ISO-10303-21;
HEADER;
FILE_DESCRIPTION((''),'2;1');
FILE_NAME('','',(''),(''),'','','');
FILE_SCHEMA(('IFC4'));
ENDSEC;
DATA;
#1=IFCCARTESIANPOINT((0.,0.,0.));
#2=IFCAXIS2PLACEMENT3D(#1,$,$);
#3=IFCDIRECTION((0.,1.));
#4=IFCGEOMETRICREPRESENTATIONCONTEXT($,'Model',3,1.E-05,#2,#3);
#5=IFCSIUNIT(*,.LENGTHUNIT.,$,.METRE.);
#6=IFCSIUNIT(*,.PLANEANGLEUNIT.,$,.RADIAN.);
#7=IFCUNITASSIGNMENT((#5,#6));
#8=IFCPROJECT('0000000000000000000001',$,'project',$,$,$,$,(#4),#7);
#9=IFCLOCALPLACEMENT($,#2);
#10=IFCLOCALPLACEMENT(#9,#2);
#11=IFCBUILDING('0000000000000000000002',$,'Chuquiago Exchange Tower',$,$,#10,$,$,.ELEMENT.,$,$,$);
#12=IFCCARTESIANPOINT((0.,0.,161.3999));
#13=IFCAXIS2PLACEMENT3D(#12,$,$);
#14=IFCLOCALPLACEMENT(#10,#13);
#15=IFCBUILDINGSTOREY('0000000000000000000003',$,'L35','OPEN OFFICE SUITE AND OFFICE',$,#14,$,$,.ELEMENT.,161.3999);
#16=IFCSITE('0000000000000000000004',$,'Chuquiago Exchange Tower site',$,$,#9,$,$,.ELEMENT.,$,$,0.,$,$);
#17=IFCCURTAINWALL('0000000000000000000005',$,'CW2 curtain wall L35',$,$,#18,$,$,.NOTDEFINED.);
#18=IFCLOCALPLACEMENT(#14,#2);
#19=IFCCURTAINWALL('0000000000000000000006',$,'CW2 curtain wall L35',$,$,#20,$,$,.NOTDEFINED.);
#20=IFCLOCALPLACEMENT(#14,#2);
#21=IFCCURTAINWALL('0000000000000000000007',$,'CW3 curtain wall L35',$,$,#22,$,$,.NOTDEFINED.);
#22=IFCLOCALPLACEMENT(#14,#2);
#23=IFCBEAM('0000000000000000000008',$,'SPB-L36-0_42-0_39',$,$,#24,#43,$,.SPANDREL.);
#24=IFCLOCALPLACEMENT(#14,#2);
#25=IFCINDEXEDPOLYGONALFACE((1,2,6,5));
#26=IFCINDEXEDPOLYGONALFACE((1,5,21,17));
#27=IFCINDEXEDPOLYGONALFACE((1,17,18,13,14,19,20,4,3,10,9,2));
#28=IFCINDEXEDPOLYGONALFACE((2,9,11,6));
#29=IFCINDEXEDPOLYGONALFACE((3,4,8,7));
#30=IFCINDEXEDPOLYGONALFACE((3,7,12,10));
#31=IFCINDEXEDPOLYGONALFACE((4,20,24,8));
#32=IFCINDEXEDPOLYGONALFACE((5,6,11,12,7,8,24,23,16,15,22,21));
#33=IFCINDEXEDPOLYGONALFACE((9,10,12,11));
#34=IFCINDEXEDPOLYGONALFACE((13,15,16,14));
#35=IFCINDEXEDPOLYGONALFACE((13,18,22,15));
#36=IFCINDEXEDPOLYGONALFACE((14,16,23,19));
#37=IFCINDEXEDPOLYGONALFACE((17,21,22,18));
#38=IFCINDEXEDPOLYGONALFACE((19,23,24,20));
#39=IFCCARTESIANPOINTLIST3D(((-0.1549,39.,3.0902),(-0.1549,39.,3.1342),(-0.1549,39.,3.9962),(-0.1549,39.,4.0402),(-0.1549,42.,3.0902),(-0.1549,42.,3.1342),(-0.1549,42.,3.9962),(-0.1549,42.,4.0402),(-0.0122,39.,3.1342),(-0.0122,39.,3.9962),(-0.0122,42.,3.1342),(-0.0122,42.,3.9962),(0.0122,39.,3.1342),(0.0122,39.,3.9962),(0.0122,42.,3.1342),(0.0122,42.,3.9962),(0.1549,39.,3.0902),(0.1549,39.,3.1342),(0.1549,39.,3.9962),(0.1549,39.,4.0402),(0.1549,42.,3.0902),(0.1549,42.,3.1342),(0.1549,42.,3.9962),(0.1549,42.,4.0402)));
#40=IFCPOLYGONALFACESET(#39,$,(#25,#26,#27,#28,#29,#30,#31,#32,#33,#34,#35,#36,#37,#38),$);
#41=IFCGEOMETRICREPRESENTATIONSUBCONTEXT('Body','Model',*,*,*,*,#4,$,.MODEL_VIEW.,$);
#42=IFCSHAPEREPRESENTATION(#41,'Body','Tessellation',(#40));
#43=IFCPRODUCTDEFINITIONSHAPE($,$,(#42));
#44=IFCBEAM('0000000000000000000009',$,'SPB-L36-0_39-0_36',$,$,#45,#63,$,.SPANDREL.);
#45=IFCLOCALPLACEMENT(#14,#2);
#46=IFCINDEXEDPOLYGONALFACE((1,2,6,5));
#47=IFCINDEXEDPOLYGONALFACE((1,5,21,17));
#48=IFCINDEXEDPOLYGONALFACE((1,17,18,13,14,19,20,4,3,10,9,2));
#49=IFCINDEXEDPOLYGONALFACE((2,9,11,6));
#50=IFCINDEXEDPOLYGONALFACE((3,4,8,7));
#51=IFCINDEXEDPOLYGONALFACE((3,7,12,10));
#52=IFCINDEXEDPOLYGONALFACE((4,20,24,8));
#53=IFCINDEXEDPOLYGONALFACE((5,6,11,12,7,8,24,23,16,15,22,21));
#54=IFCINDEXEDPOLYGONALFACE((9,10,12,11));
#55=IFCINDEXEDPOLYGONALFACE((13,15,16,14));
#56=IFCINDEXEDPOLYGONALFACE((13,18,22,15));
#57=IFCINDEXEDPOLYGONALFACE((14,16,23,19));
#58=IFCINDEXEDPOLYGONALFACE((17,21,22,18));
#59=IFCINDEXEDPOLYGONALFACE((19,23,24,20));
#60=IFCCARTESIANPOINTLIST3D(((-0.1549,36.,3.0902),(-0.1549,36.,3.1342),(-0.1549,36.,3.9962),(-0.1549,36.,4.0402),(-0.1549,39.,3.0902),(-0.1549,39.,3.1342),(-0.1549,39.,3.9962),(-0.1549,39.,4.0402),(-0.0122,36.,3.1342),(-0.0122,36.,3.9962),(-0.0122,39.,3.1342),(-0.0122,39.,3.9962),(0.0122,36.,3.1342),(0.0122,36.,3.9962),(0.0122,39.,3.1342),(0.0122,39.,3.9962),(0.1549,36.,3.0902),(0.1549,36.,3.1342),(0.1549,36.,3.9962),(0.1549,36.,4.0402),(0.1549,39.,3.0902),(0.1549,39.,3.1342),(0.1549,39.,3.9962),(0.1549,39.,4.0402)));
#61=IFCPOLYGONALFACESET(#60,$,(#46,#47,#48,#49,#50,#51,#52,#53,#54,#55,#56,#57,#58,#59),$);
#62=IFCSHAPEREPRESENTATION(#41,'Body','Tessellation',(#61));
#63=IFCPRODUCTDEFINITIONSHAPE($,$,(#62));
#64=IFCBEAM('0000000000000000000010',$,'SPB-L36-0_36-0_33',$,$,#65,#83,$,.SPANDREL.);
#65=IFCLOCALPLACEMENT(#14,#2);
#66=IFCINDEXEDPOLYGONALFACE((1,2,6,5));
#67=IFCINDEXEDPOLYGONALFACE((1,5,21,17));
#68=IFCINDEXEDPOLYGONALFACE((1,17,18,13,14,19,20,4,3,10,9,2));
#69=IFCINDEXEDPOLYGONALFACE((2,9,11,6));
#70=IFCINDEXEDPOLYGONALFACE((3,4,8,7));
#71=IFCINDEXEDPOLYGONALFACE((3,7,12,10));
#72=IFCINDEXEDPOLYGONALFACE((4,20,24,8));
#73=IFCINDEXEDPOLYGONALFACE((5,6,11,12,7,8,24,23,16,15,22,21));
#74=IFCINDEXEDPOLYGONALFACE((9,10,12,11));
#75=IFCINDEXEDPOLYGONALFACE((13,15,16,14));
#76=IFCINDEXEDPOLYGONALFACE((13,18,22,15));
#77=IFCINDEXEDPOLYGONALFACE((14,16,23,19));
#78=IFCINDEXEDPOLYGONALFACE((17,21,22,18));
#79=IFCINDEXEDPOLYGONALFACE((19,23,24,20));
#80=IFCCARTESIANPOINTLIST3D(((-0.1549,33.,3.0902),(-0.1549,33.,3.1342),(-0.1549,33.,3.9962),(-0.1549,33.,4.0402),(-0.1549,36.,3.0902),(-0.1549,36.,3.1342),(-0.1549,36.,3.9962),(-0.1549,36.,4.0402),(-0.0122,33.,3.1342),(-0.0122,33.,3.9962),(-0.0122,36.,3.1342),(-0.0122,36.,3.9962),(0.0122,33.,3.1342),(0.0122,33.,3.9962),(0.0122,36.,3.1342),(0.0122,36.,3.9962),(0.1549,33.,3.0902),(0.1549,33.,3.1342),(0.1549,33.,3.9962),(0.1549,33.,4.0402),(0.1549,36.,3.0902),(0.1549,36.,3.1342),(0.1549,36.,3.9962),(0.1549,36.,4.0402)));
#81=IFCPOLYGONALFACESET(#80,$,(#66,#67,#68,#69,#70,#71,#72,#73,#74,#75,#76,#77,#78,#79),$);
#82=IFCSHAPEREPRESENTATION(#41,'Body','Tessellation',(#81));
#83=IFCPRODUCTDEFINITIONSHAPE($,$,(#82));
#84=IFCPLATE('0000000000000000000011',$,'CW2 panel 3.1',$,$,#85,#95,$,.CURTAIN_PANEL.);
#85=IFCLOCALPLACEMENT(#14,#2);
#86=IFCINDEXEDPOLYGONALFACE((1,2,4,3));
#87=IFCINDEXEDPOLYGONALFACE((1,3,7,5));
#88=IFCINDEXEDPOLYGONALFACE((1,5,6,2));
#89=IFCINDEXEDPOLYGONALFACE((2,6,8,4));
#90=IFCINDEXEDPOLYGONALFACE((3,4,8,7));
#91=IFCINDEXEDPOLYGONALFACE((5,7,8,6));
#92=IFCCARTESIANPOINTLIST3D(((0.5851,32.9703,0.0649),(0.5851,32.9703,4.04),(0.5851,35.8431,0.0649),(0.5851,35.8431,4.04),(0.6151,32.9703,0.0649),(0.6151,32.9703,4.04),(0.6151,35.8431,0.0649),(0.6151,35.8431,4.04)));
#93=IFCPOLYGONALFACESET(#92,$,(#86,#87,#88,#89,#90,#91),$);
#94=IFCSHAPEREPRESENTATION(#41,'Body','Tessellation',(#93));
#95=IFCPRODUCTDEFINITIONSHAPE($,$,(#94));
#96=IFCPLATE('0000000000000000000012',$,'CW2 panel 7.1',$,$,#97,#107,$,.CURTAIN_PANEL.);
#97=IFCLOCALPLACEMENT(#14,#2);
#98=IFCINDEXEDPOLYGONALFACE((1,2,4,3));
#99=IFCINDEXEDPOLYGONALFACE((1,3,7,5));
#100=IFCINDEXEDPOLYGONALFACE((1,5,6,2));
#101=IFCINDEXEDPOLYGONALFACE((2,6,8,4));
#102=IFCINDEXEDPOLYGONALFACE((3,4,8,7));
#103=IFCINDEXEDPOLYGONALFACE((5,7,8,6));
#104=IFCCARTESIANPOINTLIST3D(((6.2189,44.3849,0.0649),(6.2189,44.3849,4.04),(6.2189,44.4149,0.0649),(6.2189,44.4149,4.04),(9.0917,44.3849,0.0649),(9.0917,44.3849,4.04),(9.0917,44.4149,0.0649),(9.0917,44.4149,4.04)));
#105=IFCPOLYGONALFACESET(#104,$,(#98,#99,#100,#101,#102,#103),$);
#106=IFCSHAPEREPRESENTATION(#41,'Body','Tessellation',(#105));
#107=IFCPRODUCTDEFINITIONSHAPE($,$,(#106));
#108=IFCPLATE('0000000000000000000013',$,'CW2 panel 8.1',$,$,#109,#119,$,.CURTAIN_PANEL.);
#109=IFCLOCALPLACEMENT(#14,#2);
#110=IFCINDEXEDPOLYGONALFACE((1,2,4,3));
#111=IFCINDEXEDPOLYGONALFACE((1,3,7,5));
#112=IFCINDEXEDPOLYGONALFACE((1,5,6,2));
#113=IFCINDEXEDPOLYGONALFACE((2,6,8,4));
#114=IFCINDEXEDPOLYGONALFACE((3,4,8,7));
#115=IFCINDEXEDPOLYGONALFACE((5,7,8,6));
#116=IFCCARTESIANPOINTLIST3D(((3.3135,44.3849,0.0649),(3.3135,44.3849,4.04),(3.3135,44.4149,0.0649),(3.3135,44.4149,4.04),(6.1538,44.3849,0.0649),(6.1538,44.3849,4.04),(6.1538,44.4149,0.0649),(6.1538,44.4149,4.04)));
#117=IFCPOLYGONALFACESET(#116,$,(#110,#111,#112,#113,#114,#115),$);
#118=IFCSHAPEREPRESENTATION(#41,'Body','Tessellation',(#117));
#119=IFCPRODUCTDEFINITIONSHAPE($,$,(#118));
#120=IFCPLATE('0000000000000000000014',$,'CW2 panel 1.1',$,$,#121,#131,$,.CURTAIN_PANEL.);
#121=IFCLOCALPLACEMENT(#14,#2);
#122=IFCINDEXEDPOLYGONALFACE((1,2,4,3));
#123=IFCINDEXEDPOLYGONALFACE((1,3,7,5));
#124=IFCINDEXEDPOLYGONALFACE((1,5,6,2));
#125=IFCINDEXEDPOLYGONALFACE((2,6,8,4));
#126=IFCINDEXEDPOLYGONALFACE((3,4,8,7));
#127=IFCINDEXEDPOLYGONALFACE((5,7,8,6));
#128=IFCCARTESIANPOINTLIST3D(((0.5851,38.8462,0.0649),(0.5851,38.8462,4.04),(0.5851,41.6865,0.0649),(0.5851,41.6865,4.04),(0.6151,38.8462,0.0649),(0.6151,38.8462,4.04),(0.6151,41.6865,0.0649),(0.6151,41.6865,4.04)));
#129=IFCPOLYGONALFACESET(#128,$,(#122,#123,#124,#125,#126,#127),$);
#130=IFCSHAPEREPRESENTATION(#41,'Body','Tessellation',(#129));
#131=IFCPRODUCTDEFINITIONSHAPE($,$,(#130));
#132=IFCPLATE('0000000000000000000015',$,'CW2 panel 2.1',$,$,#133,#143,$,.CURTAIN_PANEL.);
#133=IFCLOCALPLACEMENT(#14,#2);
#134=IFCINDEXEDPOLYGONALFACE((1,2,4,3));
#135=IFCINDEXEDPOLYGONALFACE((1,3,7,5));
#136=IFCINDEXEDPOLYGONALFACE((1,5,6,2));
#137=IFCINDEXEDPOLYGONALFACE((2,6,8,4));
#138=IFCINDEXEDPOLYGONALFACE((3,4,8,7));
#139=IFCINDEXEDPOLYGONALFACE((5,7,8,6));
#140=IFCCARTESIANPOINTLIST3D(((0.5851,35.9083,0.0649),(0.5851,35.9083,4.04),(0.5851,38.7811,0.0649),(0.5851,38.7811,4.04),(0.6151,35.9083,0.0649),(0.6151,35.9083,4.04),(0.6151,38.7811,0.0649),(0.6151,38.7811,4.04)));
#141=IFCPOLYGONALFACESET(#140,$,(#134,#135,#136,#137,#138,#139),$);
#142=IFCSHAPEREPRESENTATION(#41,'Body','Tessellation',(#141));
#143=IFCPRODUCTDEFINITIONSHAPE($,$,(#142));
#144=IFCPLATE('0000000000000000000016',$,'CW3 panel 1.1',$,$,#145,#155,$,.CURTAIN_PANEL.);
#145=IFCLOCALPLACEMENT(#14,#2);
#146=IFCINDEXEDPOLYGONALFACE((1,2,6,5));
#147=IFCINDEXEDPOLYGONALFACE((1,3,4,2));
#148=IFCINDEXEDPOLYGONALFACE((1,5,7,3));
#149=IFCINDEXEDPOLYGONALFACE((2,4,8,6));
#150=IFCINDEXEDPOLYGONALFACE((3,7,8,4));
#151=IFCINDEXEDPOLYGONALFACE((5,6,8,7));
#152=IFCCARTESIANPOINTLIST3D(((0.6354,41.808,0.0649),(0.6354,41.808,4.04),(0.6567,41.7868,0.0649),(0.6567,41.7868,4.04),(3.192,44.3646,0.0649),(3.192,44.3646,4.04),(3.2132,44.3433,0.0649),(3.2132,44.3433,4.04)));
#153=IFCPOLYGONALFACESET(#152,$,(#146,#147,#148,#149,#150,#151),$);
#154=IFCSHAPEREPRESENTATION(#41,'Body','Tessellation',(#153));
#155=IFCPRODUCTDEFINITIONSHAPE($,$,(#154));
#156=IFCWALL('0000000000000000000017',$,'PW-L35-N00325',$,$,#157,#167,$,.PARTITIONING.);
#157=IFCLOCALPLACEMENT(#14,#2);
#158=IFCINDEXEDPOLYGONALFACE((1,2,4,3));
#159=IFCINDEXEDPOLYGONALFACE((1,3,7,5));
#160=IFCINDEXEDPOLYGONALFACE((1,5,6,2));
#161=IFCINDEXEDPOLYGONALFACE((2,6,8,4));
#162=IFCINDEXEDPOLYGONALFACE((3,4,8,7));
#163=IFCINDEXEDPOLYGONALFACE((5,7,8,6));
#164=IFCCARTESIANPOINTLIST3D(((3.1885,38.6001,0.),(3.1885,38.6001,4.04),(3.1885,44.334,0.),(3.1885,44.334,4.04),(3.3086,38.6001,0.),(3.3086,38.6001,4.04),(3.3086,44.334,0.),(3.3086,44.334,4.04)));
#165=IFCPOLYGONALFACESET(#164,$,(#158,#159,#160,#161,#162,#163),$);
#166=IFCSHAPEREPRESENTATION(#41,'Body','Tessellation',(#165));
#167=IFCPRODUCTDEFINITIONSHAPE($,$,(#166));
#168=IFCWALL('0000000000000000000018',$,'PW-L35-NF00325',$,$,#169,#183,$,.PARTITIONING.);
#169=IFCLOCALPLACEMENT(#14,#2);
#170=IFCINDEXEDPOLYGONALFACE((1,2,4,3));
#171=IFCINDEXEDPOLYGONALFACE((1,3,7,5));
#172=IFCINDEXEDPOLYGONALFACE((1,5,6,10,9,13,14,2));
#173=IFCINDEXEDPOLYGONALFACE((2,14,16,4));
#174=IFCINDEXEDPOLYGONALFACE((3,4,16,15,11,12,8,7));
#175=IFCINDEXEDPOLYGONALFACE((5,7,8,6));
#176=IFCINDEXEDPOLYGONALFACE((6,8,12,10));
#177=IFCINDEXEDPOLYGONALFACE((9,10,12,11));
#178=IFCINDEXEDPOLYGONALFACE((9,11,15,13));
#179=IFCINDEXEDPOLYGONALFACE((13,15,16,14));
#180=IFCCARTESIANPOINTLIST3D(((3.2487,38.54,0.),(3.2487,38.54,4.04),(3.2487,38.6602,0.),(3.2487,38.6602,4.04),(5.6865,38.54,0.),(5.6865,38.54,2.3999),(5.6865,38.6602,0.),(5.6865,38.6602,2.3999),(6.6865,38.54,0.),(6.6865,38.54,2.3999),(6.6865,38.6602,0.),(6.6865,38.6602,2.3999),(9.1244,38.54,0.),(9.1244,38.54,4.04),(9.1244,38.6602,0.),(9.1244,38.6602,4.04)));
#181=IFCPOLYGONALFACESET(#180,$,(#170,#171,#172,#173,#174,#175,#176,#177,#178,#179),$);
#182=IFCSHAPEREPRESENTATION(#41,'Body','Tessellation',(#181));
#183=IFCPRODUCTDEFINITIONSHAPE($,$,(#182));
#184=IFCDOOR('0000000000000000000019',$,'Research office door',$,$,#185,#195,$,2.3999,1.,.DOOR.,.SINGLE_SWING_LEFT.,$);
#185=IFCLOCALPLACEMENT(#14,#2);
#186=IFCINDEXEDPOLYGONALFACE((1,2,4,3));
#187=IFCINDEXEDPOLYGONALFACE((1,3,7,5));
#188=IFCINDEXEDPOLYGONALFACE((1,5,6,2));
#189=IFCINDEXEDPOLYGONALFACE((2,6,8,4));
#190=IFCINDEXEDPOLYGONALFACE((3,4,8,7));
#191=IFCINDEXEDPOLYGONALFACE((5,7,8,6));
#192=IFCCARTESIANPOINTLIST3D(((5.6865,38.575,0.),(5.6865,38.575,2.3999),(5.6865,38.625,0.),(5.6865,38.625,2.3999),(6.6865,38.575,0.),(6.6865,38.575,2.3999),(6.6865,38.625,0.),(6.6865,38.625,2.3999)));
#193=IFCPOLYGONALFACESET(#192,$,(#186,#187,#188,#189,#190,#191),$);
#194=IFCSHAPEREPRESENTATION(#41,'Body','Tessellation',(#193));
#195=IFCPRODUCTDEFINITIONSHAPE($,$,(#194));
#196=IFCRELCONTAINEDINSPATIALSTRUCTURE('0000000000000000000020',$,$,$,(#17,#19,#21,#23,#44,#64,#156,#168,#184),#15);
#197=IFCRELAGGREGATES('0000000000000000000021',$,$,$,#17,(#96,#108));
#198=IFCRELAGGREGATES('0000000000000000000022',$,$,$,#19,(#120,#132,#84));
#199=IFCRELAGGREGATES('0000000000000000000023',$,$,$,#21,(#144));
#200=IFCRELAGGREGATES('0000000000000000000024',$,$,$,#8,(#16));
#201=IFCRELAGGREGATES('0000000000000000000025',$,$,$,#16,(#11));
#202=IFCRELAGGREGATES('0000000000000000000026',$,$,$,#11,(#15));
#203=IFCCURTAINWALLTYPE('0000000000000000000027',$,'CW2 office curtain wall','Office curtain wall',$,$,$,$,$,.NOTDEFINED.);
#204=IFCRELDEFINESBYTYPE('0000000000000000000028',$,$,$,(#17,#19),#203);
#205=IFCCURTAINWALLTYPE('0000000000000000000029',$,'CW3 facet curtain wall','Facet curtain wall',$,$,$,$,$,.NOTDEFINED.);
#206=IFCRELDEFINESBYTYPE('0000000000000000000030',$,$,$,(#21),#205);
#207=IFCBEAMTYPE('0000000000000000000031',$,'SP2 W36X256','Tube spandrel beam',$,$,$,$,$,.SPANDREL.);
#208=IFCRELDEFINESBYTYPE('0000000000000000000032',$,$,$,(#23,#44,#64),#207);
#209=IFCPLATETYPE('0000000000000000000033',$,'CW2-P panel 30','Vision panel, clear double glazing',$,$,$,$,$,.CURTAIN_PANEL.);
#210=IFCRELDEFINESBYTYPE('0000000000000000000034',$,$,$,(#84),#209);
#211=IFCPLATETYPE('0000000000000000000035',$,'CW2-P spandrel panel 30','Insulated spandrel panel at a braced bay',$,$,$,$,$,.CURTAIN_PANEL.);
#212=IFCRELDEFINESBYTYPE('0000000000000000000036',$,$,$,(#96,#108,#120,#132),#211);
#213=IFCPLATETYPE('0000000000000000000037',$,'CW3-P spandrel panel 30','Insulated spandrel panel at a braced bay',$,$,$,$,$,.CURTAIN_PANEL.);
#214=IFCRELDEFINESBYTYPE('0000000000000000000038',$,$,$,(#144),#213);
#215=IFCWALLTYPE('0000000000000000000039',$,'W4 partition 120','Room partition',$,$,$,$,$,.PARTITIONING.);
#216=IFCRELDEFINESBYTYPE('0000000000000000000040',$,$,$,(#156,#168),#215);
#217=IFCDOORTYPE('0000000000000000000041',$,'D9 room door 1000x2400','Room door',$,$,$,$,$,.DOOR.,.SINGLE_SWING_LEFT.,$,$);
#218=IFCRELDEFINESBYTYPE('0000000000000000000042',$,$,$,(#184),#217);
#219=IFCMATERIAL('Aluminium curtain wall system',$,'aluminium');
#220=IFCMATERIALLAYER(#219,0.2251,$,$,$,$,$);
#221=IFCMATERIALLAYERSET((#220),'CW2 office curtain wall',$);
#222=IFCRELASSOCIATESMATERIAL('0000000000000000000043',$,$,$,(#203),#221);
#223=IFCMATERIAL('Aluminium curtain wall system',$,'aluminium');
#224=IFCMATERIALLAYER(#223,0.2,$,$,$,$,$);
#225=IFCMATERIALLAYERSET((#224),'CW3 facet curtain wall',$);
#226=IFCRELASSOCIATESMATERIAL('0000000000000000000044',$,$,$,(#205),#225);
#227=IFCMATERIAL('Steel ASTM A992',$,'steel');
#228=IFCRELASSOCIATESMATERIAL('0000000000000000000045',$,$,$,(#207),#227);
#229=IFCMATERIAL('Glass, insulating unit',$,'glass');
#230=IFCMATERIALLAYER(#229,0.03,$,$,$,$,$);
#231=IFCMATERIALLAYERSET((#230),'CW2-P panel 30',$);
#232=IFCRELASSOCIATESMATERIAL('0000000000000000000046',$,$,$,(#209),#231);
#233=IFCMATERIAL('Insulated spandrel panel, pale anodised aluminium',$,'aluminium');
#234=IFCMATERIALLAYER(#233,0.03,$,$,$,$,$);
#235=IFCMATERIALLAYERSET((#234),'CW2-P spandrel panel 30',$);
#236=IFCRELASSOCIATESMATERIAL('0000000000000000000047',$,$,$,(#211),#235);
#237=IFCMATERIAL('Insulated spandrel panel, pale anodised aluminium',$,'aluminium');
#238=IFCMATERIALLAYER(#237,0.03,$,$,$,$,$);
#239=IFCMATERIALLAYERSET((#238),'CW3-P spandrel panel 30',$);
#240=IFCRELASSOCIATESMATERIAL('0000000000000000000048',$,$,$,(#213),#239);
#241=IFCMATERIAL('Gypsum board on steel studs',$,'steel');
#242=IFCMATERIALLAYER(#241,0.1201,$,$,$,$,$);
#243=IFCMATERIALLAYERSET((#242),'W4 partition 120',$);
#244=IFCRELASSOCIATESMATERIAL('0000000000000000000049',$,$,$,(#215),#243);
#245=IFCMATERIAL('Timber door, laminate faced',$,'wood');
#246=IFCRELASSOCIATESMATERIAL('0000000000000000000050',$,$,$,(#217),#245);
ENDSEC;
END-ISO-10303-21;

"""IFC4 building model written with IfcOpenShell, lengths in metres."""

from ifc_helpers import new_model, si_unit, direction, frame, frame_2d, origin, origin_2d, place, context, subcontext, project, spatial, rectangle, i_section, extrude, material, layer, layer_set, material_profile, profile_set, type_object, element, fill, aggregate, save


model = new_model("IFC4")

# Units and contexts
model_context = context("Model", 3, precision=1e-05, world=origin(), true_north=direction((0.0, 1.0)))
body_context = subcontext(model_context, "Body", "Model", "MODEL_VIEW")
ifc_project = project(units=[si_unit("LENGTHUNIT", "METRE"), si_unit("PLANEANGLEUNIT", "RADIAN")], contexts=[model_context])

# Site, building, storey
site_placement = place(None, origin())
site = spatial("IfcSite", under=ifc_project, at=site_placement, Name="Chuquiago Exchange Tower site", CompositionType="ELEMENT", RefElevation=0.0)
building_placement = place(site_placement, origin())
building = spatial("IfcBuilding", under=site, at=building_placement, Name="Chuquiago Exchange Tower", CompositionType="ELEMENT")
storey_placement = place(building_placement, frame((0.0, 0.0, 161.3999)))
storey = spatial("IfcBuildingStorey", under=building, at=storey_placement, Name="L35", Description="OPEN OFFICE SUITE AND OFFICE", CompositionType="ELEMENT", Elevation=161.3999)

# Curtain walls
ifc_material_1 = material(Name="Aluminium curtain wall system", Category="aluminium")
ifc_layer_1 = layer(ifc_material_1, 0.2251)
ifc_layer_set_1 = layer_set([ifc_layer_1], Name="CW2 office curtain wall")
curtain_wall_type_1 = type_object("IfcCurtainWallType", Name="CW2 office curtain wall", Description="Office curtain wall", PredefinedType="NOTDEFINED", material=ifc_layer_set_1)
curtain_wall_1_placement = place(storey_placement, origin())
curtain_wall_1 = element("IfcCurtainWall", 1, at=curtain_wall_1_placement, inside=storey, type_object=curtain_wall_type_1, Name="CW2 curtain wall L35", PredefinedType="NOTDEFINED")
curtain_wall_2_placement = place(storey_placement, origin())
curtain_wall_2 = element("IfcCurtainWall", 2, at=curtain_wall_2_placement, inside=storey, type_object=curtain_wall_type_1, Name="CW2 curtain wall L35", PredefinedType="NOTDEFINED")

# Curtain wall
ifc_material_2 = material(Name="Aluminium curtain wall system", Category="aluminium")
ifc_layer_2 = layer(ifc_material_2, 0.2)
ifc_layer_set_2 = layer_set([ifc_layer_2], Name="CW3 facet curtain wall")
curtain_wall_type_2 = type_object("IfcCurtainWallType", Name="CW3 facet curtain wall", Description="Facet curtain wall", PredefinedType="NOTDEFINED", material=ifc_layer_set_2)
curtain_wall_3_placement = place(storey_placement, origin())
curtain_wall_3 = element("IfcCurtainWall", 3, at=curtain_wall_3_placement, inside=storey, type_object=curtain_wall_type_2, Name="CW3 curtain wall L35", PredefinedType="NOTDEFINED")

# Beams
ifc_material_3 = material(Name="Steel ASTM A992", Category="steel")
ifc_material_profile_1 = material_profile(ifc_material_3, i_section(OverallWidth=0.3098, OverallDepth=0.95, WebThickness=0.0244, FlangeThickness=0.0439, at=origin_2d()), Name="W36X256")
ifc_profile_set_1 = profile_set([ifc_material_profile_1], Name="Steel ASTM A992")
beam_type = type_object("IfcBeamType", Name="SP2 W36X256", Description="Tube spandrel beam", PredefinedType="SPANDREL", material=ifc_profile_set_1)
for number, where, z_axis, x_axis, name in (
    (4, (0.0, 42.0, 3.5652), (0.0, -1.0, 0.0), (1.0, 0.0, 0.0), "SPB-L36-0_42-0_39"),
    (5, (0.0, 39.0, 3.5652), (0.0, -1.0, 0.0), (1.0, 0.0, 0.0), "SPB-L36-0_39-0_36"),
    (6, (0.0, 36.0, 3.5652), (0.0, -1.0, 0.0), (1.0, 0.0, 0.0), "SPB-L36-0_36-0_33"),
):
    element("IfcBeam", number, at=place(storey_placement, frame(where, z_axis=z_axis, x_axis=x_axis)), inside=storey, type_object=beam_type, Name=name, PredefinedType="SPANDREL", context=body_context, shape_type="SweptSolid", body=[
        extrude(i_section(OverallWidth=0.3098, OverallDepth=0.95, WebThickness=0.0244, FlangeThickness=0.0439, at=origin_2d()), origin(), (0.0, 0.0, 1.0), 3.0),
    ])

# Plates
ifc_material_4 = material(Name="Glass, insulating unit", Category="glass")
ifc_layer_3 = layer(ifc_material_4, 0.03)
ifc_layer_set_3 = layer_set([ifc_layer_3], Name="CW2-P panel 30")
plate_type_1 = type_object("IfcPlateType", Name="CW2-P panel 30", Description="Vision panel, clear double glazing", PredefinedType="CURTAIN_PANEL", material=ifc_layer_set_3)
plate_1_placement = place(storey_placement, frame((0.6001, 34.4067, 0.0649), z_axis=(0.0, 0.0, 1.0), x_axis=(0.0, -1.0, 0.0)))
plate_1 = element("IfcPlate", 7, at=plate_1_placement, type_object=plate_type_1, Name="CW2 panel 3.1", PredefinedType="CURTAIN_PANEL", context=body_context, shape_type="SweptSolid", body=[
    extrude(rectangle(XDim=2.8728, YDim=0.03, at=origin_2d()), origin(), (0.0, 0.0, 1.0), 3.9751),
])
ifc_material_5 = material(Name="Insulated spandrel panel, pale anodised aluminium", Category="aluminium")
ifc_layer_4 = layer(ifc_material_5, 0.03)
ifc_layer_set_4 = layer_set([ifc_layer_4], Name="CW2-P spandrel panel 30")
plate_type_2 = type_object("IfcPlateType", Name="CW2-P spandrel panel 30", Description="Insulated spandrel panel at a braced bay", PredefinedType="CURTAIN_PANEL", material=ifc_layer_set_4)
plate_2_placement = place(storey_placement, frame((7.6553, 44.3999, 0.0649), z_axis=(0.0, 0.0, 1.0), x_axis=(-1.0, 0.0, 0.0)))
plate_2 = element("IfcPlate", 8, at=plate_2_placement, type_object=plate_type_2, Name="CW2 panel 7.1", PredefinedType="CURTAIN_PANEL", context=body_context, shape_type="SweptSolid", body=[
    extrude(rectangle(XDim=2.8728, YDim=0.03, at=origin_2d()), origin(), (0.0, 0.0, 1.0), 3.9751),
])
plate_3_placement = place(storey_placement, frame((4.7336, 44.3999, 0.0649), z_axis=(0.0, 0.0, 1.0), x_axis=(-1.0, 0.0, 0.0)))
plate_3 = element("IfcPlate", 9, at=plate_3_placement, type_object=plate_type_2, Name="CW2 panel 8.1", PredefinedType="CURTAIN_PANEL", context=body_context, shape_type="SweptSolid", body=[
    extrude(rectangle(XDim=2.8403, YDim=0.03, at=origin_2d()), origin(), (0.0, 0.0, 1.0), 3.9751),
])
aggregate(curtain_wall_1, [plate_2, plate_3])
plate_4_placement = place(storey_placement, frame((0.6001, 40.2664, 0.0649), z_axis=(0.0, 0.0, 1.0), x_axis=(0.0, -1.0, 0.0)))
plate_4 = element("IfcPlate", 10, at=plate_4_placement, type_object=plate_type_2, Name="CW2 panel 1.1", PredefinedType="CURTAIN_PANEL", context=body_context, shape_type="SweptSolid", body=[
    extrude(rectangle(XDim=2.8403, YDim=0.03, at=origin_2d()), origin(), (0.0, 0.0, 1.0), 3.9751),
])
plate_5_placement = place(storey_placement, frame((0.6001, 37.3447, 0.0649), z_axis=(0.0, 0.0, 1.0), x_axis=(0.0, -1.0, 0.0)))
plate_5 = element("IfcPlate", 11, at=plate_5_placement, type_object=plate_type_2, Name="CW2 panel 2.1", PredefinedType="CURTAIN_PANEL", context=body_context, shape_type="SweptSolid", body=[
    extrude(rectangle(XDim=2.8728, YDim=0.03, at=origin_2d()), origin(), (0.0, 0.0, 1.0), 3.9751),
])
aggregate(curtain_wall_2, [plate_4, plate_5, plate_1])
ifc_material_6 = material(Name="Insulated spandrel panel, pale anodised aluminium", Category="aluminium")
ifc_layer_5 = layer(ifc_material_6, 0.03)
ifc_layer_set_5 = layer_set([ifc_layer_5], Name="CW3-P spandrel panel 30")
plate_type_3 = type_object("IfcPlateType", Name="CW3-P spandrel panel 30", Description="Insulated spandrel panel at a braced bay", PredefinedType="CURTAIN_PANEL", material=ifc_layer_set_5)
plate_6_placement = place(storey_placement, frame((1.9243, 43.0757, 0.0649), z_axis=(0.0, 0.0, 1.0), x_axis=(-0.707107, -0.707107, 0.0)))
plate_6 = element("IfcPlate", 12, at=plate_6_placement, type_object=plate_type_3, Name="CW3 panel 1.1", PredefinedType="CURTAIN_PANEL", context=body_context, shape_type="SweptSolid", body=[
    extrude(rectangle(XDim=3.6155, YDim=0.03, at=origin_2d()), origin(), (0.0, 0.0, 1.0), 3.9751),
])
aggregate(curtain_wall_3, [plate_6])

# Wall
ifc_material_7 = material(Name="Gypsum board on steel studs", Category="steel")
ifc_layer_6 = layer(ifc_material_7, 0.1201)
ifc_layer_set_6 = layer_set([ifc_layer_6], Name="W4 partition 120")
wall_type = type_object("IfcWallType", Name="W4 partition 120", Description="Room partition", PredefinedType="PARTITIONING", material=ifc_layer_set_6)
wall_1_placement = place(storey_placement, frame((3.2485, 44.334, 0.0), z_axis=(0.0, 0.0, 1.0), x_axis=(0.0, -1.0, 0.0)))
element("IfcWall", 13, at=wall_1_placement, inside=storey, type_object=wall_type, Name="PW-L35-N00325", PredefinedType="PARTITIONING", context=body_context, shape_type="SweptSolid", body=[
    extrude(rectangle(XDim=5.7339, YDim=0.1201, at=frame_2d((2.8669, 0.0))), origin(), (0.0, 0.0, 1.0), 4.04),
])

# Wall, opening, door
wall_2_placement = place(storey_placement, frame((3.2485, 38.6001, 0.0), z_axis=(0.0, 0.0, 1.0), x_axis=(1.0, 0.0, 0.0)))
wall_2 = element("IfcWall", 14, at=wall_2_placement, inside=storey, type_object=wall_type, Name="PW-L35-NF00325", PredefinedType="PARTITIONING", context=body_context, shape_type="SweptSolid", body=[
    extrude(rectangle(XDim=5.8757, YDim=0.1201, at=frame_2d((2.938, 0.0))), origin(), (0.0, 0.0, 1.0), 4.04),
])
opening_placement = place(wall_2_placement, frame((2.438, 0.0, 0.0)))
opening = element("IfcOpeningElement", 15, at=opening_placement, cuts=wall_2, PredefinedType="OPENING", context=body_context, shape_type="SweptSolid", body=[
    extrude(rectangle(XDim=1.0, YDim=2.3999, at=frame_2d((0.5, 1.2))), frame((0.0, 0.0701, 0.0), z_axis=(0.0, -1.0, 0.0), x_axis=(1.0, 0.0, 0.0)), (0.0, 0.0, 1.0), 0.1401),
])
ifc_material_8 = material(Name="Timber door, laminate faced", Category="wood")
door_type = type_object("IfcDoorType", Name="D9 room door 1000x2400", Description="Room door", OperationType="SINGLE_SWING_LEFT", PredefinedType="DOOR", material=ifc_material_8)
door_placement = place(opening_placement, origin())
door = element("IfcDoor", 16, at=door_placement, inside=storey, type_object=door_type, Name="Research office door", OperationType="SINGLE_SWING_LEFT", OverallHeight=2.3999, OverallWidth=1.0, PredefinedType="DOOR", context=body_context, shape_type="SweptSolid", body=[
    extrude(rectangle(XDim=1.0, YDim=2.3999, at=frame_2d((0.5, 1.2))), frame((0.0, 0.0249, 0.0), z_axis=(0.0, -1.0, 0.0), x_axis=(1.0, 0.0, 0.0)), (0.0, 0.0, 1.0), 0.05),
])
fill(opening, door)

save(model, "model.ifc")
